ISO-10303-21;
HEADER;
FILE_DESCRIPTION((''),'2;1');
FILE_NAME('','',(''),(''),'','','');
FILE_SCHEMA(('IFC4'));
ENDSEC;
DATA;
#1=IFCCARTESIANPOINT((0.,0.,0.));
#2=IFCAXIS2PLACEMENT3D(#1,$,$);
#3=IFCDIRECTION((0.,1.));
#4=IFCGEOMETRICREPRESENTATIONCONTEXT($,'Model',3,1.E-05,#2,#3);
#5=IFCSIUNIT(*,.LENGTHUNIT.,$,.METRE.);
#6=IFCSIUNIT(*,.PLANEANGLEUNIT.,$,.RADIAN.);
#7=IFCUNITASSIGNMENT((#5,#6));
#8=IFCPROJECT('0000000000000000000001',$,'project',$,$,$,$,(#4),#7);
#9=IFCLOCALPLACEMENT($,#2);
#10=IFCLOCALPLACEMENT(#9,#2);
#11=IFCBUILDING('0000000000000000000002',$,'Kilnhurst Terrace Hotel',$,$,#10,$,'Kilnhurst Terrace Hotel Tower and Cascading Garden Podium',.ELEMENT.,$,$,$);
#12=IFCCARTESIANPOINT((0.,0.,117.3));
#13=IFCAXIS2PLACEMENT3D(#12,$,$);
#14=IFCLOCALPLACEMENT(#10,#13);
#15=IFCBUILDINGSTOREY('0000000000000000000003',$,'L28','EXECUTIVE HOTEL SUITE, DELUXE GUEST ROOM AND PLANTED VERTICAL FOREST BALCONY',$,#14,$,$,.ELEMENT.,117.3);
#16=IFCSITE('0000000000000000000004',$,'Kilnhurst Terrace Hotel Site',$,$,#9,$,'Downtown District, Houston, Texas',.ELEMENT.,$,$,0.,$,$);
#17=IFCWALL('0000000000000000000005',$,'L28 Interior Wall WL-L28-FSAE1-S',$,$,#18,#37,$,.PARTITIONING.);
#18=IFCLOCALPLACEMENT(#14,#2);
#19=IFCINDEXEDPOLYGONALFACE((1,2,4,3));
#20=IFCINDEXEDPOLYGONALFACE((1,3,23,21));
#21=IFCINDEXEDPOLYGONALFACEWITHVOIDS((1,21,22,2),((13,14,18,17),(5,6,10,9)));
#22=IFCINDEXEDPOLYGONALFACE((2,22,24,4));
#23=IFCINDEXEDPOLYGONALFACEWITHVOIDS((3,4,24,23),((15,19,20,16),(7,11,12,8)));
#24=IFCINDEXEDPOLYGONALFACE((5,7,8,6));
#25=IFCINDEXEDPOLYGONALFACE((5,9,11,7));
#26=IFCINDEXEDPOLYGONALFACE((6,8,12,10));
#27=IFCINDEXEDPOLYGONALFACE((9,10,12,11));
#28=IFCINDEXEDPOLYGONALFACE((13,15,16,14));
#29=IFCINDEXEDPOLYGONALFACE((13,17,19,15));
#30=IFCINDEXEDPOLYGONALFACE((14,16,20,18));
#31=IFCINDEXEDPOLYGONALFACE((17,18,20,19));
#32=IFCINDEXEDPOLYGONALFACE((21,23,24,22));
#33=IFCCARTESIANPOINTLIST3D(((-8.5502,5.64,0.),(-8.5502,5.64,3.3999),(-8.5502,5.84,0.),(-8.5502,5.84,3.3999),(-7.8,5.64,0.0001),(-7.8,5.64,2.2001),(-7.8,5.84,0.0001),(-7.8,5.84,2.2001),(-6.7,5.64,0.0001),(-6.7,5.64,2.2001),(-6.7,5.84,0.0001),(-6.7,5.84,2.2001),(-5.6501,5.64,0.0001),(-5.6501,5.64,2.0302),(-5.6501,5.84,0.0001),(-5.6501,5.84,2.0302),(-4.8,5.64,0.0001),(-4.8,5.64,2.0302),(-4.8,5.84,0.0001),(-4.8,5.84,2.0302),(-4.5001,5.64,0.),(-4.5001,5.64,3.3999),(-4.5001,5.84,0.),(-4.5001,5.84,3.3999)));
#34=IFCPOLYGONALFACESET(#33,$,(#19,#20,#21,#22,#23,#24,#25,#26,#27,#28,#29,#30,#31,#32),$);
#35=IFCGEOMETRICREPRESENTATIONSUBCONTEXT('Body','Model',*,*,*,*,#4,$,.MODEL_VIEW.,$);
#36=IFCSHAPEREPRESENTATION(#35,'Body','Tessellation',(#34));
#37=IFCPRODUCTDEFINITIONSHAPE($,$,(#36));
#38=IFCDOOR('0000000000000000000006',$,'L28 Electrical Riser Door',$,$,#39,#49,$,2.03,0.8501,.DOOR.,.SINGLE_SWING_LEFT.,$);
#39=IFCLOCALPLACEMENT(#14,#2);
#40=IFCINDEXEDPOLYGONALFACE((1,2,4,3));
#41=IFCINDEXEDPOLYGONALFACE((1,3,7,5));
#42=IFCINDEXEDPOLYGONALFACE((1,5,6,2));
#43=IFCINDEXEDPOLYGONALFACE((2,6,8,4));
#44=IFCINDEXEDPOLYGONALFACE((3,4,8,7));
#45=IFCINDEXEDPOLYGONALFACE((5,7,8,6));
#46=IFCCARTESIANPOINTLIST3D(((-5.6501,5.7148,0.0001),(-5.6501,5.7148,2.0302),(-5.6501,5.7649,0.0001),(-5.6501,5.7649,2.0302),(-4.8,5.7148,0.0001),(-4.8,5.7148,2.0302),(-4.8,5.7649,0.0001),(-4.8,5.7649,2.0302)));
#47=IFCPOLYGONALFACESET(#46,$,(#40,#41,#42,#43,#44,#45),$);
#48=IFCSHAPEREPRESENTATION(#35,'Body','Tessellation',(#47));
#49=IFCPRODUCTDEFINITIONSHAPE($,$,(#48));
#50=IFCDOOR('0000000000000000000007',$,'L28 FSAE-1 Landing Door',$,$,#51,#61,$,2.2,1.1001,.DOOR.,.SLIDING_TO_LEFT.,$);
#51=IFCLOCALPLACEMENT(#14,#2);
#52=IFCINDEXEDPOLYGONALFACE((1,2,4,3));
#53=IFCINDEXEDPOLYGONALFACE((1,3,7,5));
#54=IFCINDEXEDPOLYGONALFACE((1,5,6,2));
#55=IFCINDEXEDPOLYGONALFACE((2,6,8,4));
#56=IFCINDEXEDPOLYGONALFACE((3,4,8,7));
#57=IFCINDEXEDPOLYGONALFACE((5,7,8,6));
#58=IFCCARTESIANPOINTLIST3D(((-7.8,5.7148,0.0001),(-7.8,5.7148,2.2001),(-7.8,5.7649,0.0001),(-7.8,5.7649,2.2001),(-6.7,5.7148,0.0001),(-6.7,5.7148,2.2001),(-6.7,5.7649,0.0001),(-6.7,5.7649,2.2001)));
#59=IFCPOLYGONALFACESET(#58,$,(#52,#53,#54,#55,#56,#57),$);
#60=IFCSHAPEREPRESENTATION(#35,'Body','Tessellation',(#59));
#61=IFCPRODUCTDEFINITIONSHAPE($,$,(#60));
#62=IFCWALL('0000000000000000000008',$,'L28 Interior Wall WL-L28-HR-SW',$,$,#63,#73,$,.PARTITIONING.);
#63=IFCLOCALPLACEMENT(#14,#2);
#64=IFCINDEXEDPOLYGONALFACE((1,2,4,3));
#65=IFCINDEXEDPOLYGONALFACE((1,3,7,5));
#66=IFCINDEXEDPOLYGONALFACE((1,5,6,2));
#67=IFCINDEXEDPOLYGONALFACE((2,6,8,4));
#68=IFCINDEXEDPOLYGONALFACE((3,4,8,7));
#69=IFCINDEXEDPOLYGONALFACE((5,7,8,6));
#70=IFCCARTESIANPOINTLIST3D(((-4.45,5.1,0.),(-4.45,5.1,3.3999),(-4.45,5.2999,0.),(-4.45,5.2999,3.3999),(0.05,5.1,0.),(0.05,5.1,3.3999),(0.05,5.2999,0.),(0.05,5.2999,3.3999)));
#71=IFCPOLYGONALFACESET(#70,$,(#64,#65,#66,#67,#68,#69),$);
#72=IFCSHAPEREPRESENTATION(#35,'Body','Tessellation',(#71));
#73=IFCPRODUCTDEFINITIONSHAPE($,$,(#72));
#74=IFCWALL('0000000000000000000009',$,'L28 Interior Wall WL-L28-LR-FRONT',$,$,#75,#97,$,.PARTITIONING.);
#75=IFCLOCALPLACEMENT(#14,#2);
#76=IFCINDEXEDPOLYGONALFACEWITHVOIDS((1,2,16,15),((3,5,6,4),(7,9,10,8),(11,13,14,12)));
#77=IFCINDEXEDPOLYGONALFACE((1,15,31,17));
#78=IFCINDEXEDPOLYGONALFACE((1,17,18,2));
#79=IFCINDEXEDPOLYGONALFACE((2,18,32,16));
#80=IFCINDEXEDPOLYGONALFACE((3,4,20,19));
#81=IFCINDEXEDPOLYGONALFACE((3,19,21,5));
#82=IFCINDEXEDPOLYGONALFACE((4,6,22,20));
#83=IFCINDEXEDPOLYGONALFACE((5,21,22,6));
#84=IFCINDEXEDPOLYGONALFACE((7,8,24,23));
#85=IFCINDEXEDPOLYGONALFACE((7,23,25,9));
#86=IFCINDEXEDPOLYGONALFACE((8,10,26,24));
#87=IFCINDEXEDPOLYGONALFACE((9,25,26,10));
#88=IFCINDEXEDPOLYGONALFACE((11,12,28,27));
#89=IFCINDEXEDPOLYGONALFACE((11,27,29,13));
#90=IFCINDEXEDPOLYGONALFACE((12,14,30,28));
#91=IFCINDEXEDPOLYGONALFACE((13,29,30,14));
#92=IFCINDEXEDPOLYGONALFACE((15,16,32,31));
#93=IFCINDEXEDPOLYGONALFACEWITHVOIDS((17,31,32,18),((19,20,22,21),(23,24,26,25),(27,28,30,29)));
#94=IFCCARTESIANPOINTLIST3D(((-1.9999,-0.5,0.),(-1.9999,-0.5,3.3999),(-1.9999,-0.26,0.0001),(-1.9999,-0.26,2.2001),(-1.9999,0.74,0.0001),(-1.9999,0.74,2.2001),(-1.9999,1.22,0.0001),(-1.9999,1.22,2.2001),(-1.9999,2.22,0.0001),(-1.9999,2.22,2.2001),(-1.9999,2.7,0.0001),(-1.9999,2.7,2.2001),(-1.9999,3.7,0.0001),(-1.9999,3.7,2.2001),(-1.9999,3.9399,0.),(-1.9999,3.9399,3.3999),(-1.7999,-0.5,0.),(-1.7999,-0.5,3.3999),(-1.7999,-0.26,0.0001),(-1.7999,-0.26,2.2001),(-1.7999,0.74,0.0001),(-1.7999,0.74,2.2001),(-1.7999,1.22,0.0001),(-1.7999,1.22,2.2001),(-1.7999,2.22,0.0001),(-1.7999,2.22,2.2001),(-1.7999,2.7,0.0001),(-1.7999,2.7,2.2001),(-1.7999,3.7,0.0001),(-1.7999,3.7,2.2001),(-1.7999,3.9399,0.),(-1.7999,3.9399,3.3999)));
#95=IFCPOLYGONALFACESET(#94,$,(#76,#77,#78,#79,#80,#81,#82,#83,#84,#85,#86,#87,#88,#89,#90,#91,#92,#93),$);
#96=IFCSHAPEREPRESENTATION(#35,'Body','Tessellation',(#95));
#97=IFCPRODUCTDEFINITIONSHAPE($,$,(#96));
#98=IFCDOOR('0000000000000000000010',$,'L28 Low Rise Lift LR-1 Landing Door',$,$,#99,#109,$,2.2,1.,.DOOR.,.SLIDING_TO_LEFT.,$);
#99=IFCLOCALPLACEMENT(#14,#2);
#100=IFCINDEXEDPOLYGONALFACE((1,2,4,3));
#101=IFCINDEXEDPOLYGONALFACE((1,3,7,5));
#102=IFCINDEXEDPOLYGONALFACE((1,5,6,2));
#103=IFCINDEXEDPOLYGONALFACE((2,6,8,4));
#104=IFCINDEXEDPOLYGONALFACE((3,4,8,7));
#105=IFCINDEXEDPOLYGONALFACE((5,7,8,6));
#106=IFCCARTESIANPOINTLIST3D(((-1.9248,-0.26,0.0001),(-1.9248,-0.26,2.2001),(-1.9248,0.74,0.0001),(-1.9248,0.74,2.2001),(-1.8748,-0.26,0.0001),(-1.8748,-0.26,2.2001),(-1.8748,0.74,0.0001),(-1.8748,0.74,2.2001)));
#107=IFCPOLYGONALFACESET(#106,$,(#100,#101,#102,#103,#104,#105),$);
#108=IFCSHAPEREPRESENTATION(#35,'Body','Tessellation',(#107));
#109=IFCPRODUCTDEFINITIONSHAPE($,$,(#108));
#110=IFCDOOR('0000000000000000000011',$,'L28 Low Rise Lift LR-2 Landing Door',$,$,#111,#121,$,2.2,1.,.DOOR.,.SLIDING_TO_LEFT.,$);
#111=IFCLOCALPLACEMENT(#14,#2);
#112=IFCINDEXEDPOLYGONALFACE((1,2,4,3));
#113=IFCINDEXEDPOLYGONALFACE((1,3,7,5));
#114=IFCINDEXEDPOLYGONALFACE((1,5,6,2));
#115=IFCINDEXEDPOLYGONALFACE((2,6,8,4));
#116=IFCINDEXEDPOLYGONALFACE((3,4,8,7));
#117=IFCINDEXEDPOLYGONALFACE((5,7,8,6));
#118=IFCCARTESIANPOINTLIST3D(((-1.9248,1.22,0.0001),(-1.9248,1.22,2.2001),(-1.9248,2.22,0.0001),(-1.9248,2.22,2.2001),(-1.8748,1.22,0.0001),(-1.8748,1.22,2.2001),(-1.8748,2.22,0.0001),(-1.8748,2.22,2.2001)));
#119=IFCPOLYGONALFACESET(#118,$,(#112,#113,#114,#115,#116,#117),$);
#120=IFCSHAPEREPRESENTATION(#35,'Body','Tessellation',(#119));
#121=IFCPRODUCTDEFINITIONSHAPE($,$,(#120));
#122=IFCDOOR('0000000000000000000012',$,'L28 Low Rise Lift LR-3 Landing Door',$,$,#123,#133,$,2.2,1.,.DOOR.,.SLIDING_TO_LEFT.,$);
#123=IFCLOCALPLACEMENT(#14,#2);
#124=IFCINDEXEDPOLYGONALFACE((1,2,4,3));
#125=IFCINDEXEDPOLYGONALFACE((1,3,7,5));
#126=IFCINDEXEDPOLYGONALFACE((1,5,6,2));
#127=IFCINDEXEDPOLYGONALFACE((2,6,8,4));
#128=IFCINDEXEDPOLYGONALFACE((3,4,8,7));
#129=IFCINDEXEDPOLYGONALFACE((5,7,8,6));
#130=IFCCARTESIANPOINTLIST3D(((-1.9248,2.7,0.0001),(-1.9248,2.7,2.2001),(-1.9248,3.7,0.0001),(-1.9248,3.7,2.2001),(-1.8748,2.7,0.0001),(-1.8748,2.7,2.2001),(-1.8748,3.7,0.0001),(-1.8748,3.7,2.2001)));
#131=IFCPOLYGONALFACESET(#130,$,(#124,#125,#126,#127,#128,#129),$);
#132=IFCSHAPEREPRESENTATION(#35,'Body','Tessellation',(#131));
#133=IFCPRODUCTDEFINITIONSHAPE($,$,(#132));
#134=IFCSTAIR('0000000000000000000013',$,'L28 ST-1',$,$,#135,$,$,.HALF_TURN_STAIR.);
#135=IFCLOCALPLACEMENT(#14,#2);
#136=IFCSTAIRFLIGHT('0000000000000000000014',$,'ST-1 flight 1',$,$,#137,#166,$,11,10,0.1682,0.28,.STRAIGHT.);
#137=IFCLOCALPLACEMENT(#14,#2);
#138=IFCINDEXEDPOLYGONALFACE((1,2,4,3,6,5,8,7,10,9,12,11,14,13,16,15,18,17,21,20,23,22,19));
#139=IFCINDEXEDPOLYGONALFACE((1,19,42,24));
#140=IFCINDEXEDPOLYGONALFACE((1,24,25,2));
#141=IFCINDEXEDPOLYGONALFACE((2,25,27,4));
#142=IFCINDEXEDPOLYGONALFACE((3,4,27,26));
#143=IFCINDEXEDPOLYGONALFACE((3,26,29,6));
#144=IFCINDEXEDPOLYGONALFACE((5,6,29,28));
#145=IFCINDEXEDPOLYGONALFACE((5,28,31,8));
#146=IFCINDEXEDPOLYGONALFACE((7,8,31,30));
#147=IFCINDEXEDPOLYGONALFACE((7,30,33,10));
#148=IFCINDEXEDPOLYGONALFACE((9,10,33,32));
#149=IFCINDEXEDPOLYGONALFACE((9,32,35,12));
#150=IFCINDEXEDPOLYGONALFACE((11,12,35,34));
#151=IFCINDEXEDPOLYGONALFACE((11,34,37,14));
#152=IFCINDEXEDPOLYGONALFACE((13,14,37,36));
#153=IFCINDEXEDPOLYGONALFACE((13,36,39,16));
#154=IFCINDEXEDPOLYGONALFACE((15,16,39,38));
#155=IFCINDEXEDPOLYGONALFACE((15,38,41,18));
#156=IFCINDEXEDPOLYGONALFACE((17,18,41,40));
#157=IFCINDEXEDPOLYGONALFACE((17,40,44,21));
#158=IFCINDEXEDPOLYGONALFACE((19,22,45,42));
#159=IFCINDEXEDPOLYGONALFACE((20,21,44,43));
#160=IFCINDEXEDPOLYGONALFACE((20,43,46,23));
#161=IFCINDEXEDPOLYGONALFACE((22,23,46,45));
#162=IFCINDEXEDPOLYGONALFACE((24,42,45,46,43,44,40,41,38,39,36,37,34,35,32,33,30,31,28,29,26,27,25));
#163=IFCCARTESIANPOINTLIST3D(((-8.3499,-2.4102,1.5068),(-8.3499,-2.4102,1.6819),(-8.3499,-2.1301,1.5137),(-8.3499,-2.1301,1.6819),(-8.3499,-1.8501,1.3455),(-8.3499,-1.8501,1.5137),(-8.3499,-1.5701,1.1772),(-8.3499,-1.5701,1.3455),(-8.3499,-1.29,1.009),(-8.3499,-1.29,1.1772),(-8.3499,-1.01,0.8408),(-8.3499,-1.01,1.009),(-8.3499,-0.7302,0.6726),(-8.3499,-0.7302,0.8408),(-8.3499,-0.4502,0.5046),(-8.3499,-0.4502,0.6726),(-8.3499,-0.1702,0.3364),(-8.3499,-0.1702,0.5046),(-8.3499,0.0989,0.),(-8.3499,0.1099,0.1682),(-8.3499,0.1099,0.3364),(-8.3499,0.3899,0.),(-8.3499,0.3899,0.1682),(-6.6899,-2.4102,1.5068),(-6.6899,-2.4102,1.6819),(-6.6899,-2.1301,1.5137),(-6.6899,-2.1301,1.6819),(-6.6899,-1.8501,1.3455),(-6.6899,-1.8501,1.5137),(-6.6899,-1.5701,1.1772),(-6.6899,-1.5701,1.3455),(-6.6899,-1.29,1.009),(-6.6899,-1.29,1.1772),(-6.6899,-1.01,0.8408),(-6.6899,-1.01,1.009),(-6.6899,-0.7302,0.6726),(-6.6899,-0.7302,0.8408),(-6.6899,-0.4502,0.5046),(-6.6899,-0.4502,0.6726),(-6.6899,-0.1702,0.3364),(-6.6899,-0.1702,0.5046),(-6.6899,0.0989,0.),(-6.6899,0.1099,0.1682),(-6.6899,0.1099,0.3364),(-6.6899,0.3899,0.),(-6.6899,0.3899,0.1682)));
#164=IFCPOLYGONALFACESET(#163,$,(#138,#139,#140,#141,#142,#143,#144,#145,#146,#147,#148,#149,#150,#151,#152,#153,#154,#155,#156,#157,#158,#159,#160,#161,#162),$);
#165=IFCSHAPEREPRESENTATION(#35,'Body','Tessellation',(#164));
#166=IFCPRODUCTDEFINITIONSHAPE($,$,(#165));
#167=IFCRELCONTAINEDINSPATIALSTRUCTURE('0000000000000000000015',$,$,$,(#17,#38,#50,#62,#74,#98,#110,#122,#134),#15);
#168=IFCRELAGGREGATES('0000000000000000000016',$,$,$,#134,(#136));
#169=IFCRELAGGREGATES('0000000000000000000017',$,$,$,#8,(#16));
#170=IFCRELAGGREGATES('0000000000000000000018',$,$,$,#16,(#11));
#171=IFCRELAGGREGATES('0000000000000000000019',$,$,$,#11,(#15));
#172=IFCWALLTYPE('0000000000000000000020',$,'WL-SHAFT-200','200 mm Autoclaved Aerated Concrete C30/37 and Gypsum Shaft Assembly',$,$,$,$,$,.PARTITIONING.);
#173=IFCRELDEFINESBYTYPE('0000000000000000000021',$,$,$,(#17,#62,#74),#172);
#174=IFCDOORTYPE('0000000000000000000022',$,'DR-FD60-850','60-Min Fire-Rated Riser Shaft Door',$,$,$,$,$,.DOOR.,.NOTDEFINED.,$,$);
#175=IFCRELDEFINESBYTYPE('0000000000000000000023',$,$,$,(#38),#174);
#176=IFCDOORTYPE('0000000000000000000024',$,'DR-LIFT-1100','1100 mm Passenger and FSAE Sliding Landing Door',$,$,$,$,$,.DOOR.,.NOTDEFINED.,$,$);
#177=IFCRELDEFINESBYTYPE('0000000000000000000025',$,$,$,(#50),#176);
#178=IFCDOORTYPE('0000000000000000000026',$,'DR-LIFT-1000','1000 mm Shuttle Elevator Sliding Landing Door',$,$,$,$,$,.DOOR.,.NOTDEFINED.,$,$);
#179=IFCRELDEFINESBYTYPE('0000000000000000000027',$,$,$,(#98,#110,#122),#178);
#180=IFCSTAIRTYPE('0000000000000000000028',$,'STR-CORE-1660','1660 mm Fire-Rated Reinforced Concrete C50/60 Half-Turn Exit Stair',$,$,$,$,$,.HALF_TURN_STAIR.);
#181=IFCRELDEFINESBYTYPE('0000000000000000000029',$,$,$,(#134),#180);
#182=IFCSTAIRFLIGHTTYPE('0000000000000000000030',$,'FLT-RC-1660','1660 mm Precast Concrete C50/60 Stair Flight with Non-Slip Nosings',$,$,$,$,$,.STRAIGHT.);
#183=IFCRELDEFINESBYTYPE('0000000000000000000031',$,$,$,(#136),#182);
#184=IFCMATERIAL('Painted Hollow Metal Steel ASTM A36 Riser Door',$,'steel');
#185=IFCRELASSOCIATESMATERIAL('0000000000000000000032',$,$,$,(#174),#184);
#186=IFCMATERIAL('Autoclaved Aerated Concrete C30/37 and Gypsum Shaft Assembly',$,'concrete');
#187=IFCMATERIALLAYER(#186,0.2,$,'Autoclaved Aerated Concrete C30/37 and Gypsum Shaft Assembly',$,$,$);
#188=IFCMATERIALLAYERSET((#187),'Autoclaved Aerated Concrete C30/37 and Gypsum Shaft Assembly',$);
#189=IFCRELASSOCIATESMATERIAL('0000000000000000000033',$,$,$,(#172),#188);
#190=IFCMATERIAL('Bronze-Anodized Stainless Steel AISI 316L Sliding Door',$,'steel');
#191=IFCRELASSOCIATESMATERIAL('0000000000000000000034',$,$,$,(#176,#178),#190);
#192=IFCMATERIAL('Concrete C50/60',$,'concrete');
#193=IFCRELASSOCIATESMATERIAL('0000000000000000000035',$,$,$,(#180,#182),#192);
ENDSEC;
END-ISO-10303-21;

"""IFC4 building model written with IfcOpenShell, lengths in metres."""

from ifc_helpers import new_model, si_unit, direction, frame, frame_2d, origin, place, context, subcontext, project, spatial, polyline, rectangle, outline, extrude, material, layer, layer_set, type_object, element, fill, aggregate, save


model = new_model("IFC4")

# Units and contexts
model_context = context("Model", 3, precision=1e-05, world=origin(), true_north=direction((0.0, 1.0)))
body_context = subcontext(model_context, "Body", "Model", "MODEL_VIEW")
ifc_project = project(units=[si_unit("LENGTHUNIT", "METRE"), si_unit("PLANEANGLEUNIT", "RADIAN")], contexts=[model_context])

# Site, building, storey
site_placement = place(None, origin())
site = spatial("IfcSite", under=ifc_project, at=site_placement, Name="Kilnhurst Terrace Hotel Site", LongName="Downtown District, Houston, Texas", CompositionType="ELEMENT", RefElevation=0.0)
building_placement = place(site_placement, origin())
building = spatial("IfcBuilding", under=site, at=building_placement, Name="Kilnhurst Terrace Hotel", LongName="Kilnhurst Terrace Hotel Tower and Cascading Garden Podium", CompositionType="ELEMENT")
storey_placement = place(building_placement, frame((0.0, 0.0, 117.3)))
storey = spatial("IfcBuildingStorey", under=building, at=storey_placement, Name="L28", Description="EXECUTIVE HOTEL SUITE, DELUXE GUEST ROOM AND PLANTED VERTICAL FOREST BALCONY", CompositionType="ELEMENT", Elevation=117.3)

# Wall, openings, doors
ifc_material_1 = material(Name="Painted Hollow Metal Steel ASTM A36 Riser Door", Category="steel")
door_type_1 = type_object("IfcDoorType", Name="DR-FD60-850", Description="60-Min Fire-Rated Riser Shaft Door", OperationType="NOTDEFINED", PredefinedType="DOOR", material=ifc_material_1)
ifc_material_2 = material(Name="Autoclaved Aerated Concrete C30/37 and Gypsum Shaft Assembly", Category="concrete")
ifc_layer_1 = layer(ifc_material_2, 0.2, Name="Autoclaved Aerated Concrete C30/37 and Gypsum Shaft Assembly")
ifc_layer_set_1 = layer_set([ifc_layer_1], Name="Autoclaved Aerated Concrete C30/37 and Gypsum Shaft Assembly")
wall_type_1 = type_object("IfcWallType", Name="WL-SHAFT-200", Description="200 mm Autoclaved Aerated Concrete C30/37 and Gypsum Shaft Assembly", PredefinedType="PARTITIONING", material=ifc_layer_set_1)
wall_1_placement = place(storey_placement, frame((-8.55, 5.74, 0.0), z_axis=(0.0, 0.0, 1.0), x_axis=(1.0, 0.0, 0.0)))
wall_1 = element("IfcWall", 1, at=wall_1_placement, inside=storey, type_object=wall_type_1, Name="L28 Interior Wall WL-L28-FSAE1-S", PredefinedType="PARTITIONING", context=body_context, shape_type="SweptSolid", body=[
    extrude(rectangle(XDim=4.05, YDim=0.2, at=frame_2d((2.0249, 0.0))), origin(), (0.0, 0.0, 1.0), 3.3999),
])
opening_1_placement = place(wall_1_placement, frame((0.75, 0.0, 0.0)))
opening_1 = element("IfcOpeningElement", 2, at=opening_1_placement, cuts=wall_1, PredefinedType="OPENING", context=body_context, shape_type="SweptSolid", body=[
    extrude(rectangle(XDim=1.1001, YDim=2.2, at=frame_2d((0.55, 1.1001))), frame((0.0, 0.1099, 0.0), z_axis=(0.0, -1.0, 0.0), x_axis=(1.0, 0.0, 0.0)), (0.0, 0.0, 1.0), 0.22),
])
opening_2_placement = place(wall_1_placement, frame((2.8999, 0.0, 0.0)))
opening_2 = element("IfcOpeningElement", 3, at=opening_2_placement, cuts=wall_1, PredefinedType="OPENING", context=body_context, shape_type="SweptSolid", body=[
    extrude(rectangle(XDim=0.8501, YDim=2.03, at=frame_2d((0.425, 1.0151))), frame((0.0, 0.1099, 0.0), z_axis=(0.0, -1.0, 0.0), x_axis=(1.0, 0.0, 0.0)), (0.0, 0.0, 1.0), 0.22),
])
door_1_placement = place(opening_2_placement, origin())
door_1 = element("IfcDoor", 4, at=door_1_placement, inside=storey, type_object=door_type_1, Name="L28 Electrical Riser Door", OperationType="SINGLE_SWING_LEFT", OverallHeight=2.03, OverallWidth=0.8501, PredefinedType="DOOR", context=body_context, shape_type="SweptSolid", body=[
    extrude(rectangle(XDim=0.8501, YDim=2.03, at=frame_2d((0.425, 1.0151))), frame((0.0, 0.0249, 0.0), z_axis=(0.0, -1.0, 0.0), x_axis=(1.0, 0.0, 0.0)), (0.0, 0.0, 1.0), 0.05),
])
fill(opening_2, door_1)
ifc_material_3 = material(Name="Bronze-Anodized Stainless Steel AISI 316L Sliding Door", Category="steel")
door_type_2 = type_object("IfcDoorType", Name="DR-LIFT-1100", Description="1100 mm Passenger and FSAE Sliding Landing Door", OperationType="NOTDEFINED", PredefinedType="DOOR", material=ifc_material_3)
door_2_placement = place(opening_1_placement, origin())
door_2 = element("IfcDoor", 5, at=door_2_placement, inside=storey, type_object=door_type_2, Name="L28 FSAE-1 Landing Door", OperationType="SLIDING_TO_LEFT", OverallHeight=2.2, OverallWidth=1.1001, PredefinedType="DOOR", context=body_context, shape_type="SweptSolid", body=[
    extrude(rectangle(XDim=1.1001, YDim=2.2, at=frame_2d((0.55, 1.1001))), frame((0.0, 0.0249, 0.0), z_axis=(0.0, -1.0, 0.0), x_axis=(1.0, 0.0, 0.0)), (0.0, 0.0, 1.0), 0.05),
])
fill(opening_1, door_2)

# Wall
wall_2_placement = place(storey_placement, frame((-4.45, 5.2, 0.0), z_axis=(0.0, 0.0, 1.0), x_axis=(1.0, 0.0, 0.0)))
element("IfcWall", 6, at=wall_2_placement, inside=storey, type_object=wall_type_1, Name="L28 Interior Wall WL-L28-HR-SW", PredefinedType="PARTITIONING", context=body_context, shape_type="SweptSolid", body=[
    extrude(rectangle(XDim=4.5, YDim=0.2, at=frame_2d((2.25, 0.0))), origin(), (0.0, 0.0, 1.0), 3.3999),
])

# Wall, openings, doors
wall_3_placement = place(storey_placement, frame((-1.8999, -0.5, 0.0), z_axis=(0.0, 0.0, 1.0), x_axis=(0.0, 1.0, 0.0)))
wall_3 = element("IfcWall", 7, at=wall_3_placement, inside=storey, type_object=wall_type_1, Name="L28 Interior Wall WL-L28-LR-FRONT", PredefinedType="PARTITIONING", context=body_context, shape_type="SweptSolid", body=[
    extrude(rectangle(XDim=4.4399, YDim=0.2, at=frame_2d((2.22, 0.0))), origin(), (0.0, 0.0, 1.0), 3.3999),
])
opening_3_placement = place(wall_3_placement, frame((0.24, 0.0, 0.0)))
opening_3 = element("IfcOpeningElement", 8, at=opening_3_placement, cuts=wall_3, PredefinedType="OPENING", context=body_context, shape_type="SweptSolid", body=[
    extrude(rectangle(XDim=1.0, YDim=2.2, at=frame_2d((0.5, 1.1001))), frame((0.0, 0.1099, 0.0), z_axis=(0.0, -1.0, 0.0), x_axis=(1.0, 0.0, 0.0)), (0.0, 0.0, 1.0), 0.22),
])
opening_4_placement = place(wall_3_placement, frame((1.72, 0.0, 0.0)))
opening_4 = element("IfcOpeningElement", 9, at=opening_4_placement, cuts=wall_3, PredefinedType="OPENING", context=body_context, shape_type="SweptSolid", body=[
    extrude(rectangle(XDim=1.0, YDim=2.2, at=frame_2d((0.5, 1.1001))), frame((0.0, 0.1099, 0.0), z_axis=(0.0, -1.0, 0.0), x_axis=(1.0, 0.0, 0.0)), (0.0, 0.0, 1.0), 0.22),
])
opening_5_placement = place(wall_3_placement, frame((3.2, 0.0, 0.0)))
opening_5 = element("IfcOpeningElement", 10, at=opening_5_placement, cuts=wall_3, PredefinedType="OPENING", context=body_context, shape_type="SweptSolid", body=[
    extrude(rectangle(XDim=1.0, YDim=2.2, at=frame_2d((0.5, 1.1001))), frame((0.0, 0.1099, 0.0), z_axis=(0.0, -1.0, 0.0), x_axis=(1.0, 0.0, 0.0)), (0.0, 0.0, 1.0), 0.22),
])
door_type_3 = type_object("IfcDoorType", Name="DR-LIFT-1000", Description="1000 mm Shuttle Elevator Sliding Landing Door", OperationType="NOTDEFINED", PredefinedType="DOOR", material=ifc_material_3)
door_3_placement = place(opening_3_placement, origin())
door_3 = element("IfcDoor", 11, at=door_3_placement, inside=storey, type_object=door_type_3, Name="L28 Low Rise Lift LR-1 Landing Door", OperationType="SLIDING_TO_LEFT", OverallHeight=2.2, OverallWidth=1.0, PredefinedType="DOOR", context=body_context, shape_type="SweptSolid", body=[
    extrude(rectangle(XDim=1.0, YDim=2.2, at=frame_2d((0.5, 1.1001))), frame((0.0, 0.0249, 0.0), z_axis=(0.0, -1.0, 0.0), x_axis=(1.0, 0.0, 0.0)), (0.0, 0.0, 1.0), 0.05),
])
fill(opening_3, door_3)
door_4_placement = place(opening_4_placement, origin())
door_4 = element("IfcDoor", 12, at=door_4_placement, inside=storey, type_object=door_type_3, Name="L28 Low Rise Lift LR-2 Landing Door", OperationType="SLIDING_TO_LEFT", OverallHeight=2.2, OverallWidth=1.0, PredefinedType="DOOR", context=body_context, shape_type="SweptSolid", body=[
    extrude(rectangle(XDim=1.0, YDim=2.2, at=frame_2d((0.5, 1.1001))), frame((0.0, 0.0249, 0.0), z_axis=(0.0, -1.0, 0.0), x_axis=(1.0, 0.0, 0.0)), (0.0, 0.0, 1.0), 0.05),
])
fill(opening_4, door_4)
door_5_placement = place(opening_5_placement, origin())
door_5 = element("IfcDoor", 13, at=door_5_placement, inside=storey, type_object=door_type_3, Name="L28 Low Rise Lift LR-3 Landing Door", OperationType="SLIDING_TO_LEFT", OverallHeight=2.2, OverallWidth=1.0, PredefinedType="DOOR", context=body_context, shape_type="SweptSolid", body=[
    extrude(rectangle(XDim=1.0, YDim=2.2, at=frame_2d((0.5, 1.1001))), frame((0.0, 0.0249, 0.0), z_axis=(0.0, -1.0, 0.0), x_axis=(1.0, 0.0, 0.0)), (0.0, 0.0, 1.0), 0.05),
])
fill(opening_5, door_5)

# Shared definitions
ifc_material_4 = material(Name="Concrete C50/60", Category="concrete")

# Stair, stair flight
stair_type = type_object("IfcStairType", Name="STR-CORE-1660", Description="1660 mm Fire-Rated Reinforced Concrete C50/60 Half-Turn Exit Stair", PredefinedType="HALF_TURN_STAIR", material=ifc_material_4)
stair_placement = place(storey_placement, origin())
stair = element("IfcStair", 14, at=stair_placement, inside=storey, type_object=stair_type, Name="L28 ST-1", PredefinedType="HALF_TURN_STAIR")
stair_flight_type = type_object("IfcStairFlightType", Name="FLT-RC-1660", Description="1660 mm Precast Concrete C50/60 Stair Flight with Non-Slip Nosings", PredefinedType="STRAIGHT", material=ifc_material_4)
stair_flight_placement = place(storey_placement, frame((-7.52, 0.3899, 0.0), z_axis=(0.0, 0.0, 1.0), x_axis=(0.0, -1.0, 0.0)))
stair_flight = element("IfcStairFlight", 15, at=stair_flight_placement, type_object=stair_flight_type, Name="ST-1 flight 1", NumberOfRisers=11, NumberOfTreads=10, PredefinedType="STRAIGHT", RiserHeight=0.1682, TreadLength=0.28, context=body_context, shape_type="SweptSolid", body=[
    extrude(outline(polyline([(0.0, 0.0), (0.0, 0.1682), (0.28, 0.1682), (0.28, 0.3364), (0.5601, 0.3364), (0.5601, 0.5046), (0.8401, 0.5046), (0.8401, 0.6726), (1.1201, 0.6726), (1.1201, 0.8408), (1.3999, 0.8408), (1.3999, 1.009), (1.6799, 1.009), (1.6799, 1.1772), (1.96, 1.1772), (1.96, 1.3455), (2.24, 1.3455), (2.24, 1.5137), (2.52, 1.5137), (2.52, 1.6819), (2.8, 1.6819), (2.8, 1.8501), (2.8, 1.5068), (0.291, 0.0), (0.0, 0.0)])), frame((0.0, 0.8301, 0.0), z_axis=(0.0, -1.0, 0.0), x_axis=(1.0, 0.0, 0.0)), (0.0, 0.0, 1.0), 1.6599),
])
aggregate(stair, [stair_flight])

save(model, "model.ifc")
